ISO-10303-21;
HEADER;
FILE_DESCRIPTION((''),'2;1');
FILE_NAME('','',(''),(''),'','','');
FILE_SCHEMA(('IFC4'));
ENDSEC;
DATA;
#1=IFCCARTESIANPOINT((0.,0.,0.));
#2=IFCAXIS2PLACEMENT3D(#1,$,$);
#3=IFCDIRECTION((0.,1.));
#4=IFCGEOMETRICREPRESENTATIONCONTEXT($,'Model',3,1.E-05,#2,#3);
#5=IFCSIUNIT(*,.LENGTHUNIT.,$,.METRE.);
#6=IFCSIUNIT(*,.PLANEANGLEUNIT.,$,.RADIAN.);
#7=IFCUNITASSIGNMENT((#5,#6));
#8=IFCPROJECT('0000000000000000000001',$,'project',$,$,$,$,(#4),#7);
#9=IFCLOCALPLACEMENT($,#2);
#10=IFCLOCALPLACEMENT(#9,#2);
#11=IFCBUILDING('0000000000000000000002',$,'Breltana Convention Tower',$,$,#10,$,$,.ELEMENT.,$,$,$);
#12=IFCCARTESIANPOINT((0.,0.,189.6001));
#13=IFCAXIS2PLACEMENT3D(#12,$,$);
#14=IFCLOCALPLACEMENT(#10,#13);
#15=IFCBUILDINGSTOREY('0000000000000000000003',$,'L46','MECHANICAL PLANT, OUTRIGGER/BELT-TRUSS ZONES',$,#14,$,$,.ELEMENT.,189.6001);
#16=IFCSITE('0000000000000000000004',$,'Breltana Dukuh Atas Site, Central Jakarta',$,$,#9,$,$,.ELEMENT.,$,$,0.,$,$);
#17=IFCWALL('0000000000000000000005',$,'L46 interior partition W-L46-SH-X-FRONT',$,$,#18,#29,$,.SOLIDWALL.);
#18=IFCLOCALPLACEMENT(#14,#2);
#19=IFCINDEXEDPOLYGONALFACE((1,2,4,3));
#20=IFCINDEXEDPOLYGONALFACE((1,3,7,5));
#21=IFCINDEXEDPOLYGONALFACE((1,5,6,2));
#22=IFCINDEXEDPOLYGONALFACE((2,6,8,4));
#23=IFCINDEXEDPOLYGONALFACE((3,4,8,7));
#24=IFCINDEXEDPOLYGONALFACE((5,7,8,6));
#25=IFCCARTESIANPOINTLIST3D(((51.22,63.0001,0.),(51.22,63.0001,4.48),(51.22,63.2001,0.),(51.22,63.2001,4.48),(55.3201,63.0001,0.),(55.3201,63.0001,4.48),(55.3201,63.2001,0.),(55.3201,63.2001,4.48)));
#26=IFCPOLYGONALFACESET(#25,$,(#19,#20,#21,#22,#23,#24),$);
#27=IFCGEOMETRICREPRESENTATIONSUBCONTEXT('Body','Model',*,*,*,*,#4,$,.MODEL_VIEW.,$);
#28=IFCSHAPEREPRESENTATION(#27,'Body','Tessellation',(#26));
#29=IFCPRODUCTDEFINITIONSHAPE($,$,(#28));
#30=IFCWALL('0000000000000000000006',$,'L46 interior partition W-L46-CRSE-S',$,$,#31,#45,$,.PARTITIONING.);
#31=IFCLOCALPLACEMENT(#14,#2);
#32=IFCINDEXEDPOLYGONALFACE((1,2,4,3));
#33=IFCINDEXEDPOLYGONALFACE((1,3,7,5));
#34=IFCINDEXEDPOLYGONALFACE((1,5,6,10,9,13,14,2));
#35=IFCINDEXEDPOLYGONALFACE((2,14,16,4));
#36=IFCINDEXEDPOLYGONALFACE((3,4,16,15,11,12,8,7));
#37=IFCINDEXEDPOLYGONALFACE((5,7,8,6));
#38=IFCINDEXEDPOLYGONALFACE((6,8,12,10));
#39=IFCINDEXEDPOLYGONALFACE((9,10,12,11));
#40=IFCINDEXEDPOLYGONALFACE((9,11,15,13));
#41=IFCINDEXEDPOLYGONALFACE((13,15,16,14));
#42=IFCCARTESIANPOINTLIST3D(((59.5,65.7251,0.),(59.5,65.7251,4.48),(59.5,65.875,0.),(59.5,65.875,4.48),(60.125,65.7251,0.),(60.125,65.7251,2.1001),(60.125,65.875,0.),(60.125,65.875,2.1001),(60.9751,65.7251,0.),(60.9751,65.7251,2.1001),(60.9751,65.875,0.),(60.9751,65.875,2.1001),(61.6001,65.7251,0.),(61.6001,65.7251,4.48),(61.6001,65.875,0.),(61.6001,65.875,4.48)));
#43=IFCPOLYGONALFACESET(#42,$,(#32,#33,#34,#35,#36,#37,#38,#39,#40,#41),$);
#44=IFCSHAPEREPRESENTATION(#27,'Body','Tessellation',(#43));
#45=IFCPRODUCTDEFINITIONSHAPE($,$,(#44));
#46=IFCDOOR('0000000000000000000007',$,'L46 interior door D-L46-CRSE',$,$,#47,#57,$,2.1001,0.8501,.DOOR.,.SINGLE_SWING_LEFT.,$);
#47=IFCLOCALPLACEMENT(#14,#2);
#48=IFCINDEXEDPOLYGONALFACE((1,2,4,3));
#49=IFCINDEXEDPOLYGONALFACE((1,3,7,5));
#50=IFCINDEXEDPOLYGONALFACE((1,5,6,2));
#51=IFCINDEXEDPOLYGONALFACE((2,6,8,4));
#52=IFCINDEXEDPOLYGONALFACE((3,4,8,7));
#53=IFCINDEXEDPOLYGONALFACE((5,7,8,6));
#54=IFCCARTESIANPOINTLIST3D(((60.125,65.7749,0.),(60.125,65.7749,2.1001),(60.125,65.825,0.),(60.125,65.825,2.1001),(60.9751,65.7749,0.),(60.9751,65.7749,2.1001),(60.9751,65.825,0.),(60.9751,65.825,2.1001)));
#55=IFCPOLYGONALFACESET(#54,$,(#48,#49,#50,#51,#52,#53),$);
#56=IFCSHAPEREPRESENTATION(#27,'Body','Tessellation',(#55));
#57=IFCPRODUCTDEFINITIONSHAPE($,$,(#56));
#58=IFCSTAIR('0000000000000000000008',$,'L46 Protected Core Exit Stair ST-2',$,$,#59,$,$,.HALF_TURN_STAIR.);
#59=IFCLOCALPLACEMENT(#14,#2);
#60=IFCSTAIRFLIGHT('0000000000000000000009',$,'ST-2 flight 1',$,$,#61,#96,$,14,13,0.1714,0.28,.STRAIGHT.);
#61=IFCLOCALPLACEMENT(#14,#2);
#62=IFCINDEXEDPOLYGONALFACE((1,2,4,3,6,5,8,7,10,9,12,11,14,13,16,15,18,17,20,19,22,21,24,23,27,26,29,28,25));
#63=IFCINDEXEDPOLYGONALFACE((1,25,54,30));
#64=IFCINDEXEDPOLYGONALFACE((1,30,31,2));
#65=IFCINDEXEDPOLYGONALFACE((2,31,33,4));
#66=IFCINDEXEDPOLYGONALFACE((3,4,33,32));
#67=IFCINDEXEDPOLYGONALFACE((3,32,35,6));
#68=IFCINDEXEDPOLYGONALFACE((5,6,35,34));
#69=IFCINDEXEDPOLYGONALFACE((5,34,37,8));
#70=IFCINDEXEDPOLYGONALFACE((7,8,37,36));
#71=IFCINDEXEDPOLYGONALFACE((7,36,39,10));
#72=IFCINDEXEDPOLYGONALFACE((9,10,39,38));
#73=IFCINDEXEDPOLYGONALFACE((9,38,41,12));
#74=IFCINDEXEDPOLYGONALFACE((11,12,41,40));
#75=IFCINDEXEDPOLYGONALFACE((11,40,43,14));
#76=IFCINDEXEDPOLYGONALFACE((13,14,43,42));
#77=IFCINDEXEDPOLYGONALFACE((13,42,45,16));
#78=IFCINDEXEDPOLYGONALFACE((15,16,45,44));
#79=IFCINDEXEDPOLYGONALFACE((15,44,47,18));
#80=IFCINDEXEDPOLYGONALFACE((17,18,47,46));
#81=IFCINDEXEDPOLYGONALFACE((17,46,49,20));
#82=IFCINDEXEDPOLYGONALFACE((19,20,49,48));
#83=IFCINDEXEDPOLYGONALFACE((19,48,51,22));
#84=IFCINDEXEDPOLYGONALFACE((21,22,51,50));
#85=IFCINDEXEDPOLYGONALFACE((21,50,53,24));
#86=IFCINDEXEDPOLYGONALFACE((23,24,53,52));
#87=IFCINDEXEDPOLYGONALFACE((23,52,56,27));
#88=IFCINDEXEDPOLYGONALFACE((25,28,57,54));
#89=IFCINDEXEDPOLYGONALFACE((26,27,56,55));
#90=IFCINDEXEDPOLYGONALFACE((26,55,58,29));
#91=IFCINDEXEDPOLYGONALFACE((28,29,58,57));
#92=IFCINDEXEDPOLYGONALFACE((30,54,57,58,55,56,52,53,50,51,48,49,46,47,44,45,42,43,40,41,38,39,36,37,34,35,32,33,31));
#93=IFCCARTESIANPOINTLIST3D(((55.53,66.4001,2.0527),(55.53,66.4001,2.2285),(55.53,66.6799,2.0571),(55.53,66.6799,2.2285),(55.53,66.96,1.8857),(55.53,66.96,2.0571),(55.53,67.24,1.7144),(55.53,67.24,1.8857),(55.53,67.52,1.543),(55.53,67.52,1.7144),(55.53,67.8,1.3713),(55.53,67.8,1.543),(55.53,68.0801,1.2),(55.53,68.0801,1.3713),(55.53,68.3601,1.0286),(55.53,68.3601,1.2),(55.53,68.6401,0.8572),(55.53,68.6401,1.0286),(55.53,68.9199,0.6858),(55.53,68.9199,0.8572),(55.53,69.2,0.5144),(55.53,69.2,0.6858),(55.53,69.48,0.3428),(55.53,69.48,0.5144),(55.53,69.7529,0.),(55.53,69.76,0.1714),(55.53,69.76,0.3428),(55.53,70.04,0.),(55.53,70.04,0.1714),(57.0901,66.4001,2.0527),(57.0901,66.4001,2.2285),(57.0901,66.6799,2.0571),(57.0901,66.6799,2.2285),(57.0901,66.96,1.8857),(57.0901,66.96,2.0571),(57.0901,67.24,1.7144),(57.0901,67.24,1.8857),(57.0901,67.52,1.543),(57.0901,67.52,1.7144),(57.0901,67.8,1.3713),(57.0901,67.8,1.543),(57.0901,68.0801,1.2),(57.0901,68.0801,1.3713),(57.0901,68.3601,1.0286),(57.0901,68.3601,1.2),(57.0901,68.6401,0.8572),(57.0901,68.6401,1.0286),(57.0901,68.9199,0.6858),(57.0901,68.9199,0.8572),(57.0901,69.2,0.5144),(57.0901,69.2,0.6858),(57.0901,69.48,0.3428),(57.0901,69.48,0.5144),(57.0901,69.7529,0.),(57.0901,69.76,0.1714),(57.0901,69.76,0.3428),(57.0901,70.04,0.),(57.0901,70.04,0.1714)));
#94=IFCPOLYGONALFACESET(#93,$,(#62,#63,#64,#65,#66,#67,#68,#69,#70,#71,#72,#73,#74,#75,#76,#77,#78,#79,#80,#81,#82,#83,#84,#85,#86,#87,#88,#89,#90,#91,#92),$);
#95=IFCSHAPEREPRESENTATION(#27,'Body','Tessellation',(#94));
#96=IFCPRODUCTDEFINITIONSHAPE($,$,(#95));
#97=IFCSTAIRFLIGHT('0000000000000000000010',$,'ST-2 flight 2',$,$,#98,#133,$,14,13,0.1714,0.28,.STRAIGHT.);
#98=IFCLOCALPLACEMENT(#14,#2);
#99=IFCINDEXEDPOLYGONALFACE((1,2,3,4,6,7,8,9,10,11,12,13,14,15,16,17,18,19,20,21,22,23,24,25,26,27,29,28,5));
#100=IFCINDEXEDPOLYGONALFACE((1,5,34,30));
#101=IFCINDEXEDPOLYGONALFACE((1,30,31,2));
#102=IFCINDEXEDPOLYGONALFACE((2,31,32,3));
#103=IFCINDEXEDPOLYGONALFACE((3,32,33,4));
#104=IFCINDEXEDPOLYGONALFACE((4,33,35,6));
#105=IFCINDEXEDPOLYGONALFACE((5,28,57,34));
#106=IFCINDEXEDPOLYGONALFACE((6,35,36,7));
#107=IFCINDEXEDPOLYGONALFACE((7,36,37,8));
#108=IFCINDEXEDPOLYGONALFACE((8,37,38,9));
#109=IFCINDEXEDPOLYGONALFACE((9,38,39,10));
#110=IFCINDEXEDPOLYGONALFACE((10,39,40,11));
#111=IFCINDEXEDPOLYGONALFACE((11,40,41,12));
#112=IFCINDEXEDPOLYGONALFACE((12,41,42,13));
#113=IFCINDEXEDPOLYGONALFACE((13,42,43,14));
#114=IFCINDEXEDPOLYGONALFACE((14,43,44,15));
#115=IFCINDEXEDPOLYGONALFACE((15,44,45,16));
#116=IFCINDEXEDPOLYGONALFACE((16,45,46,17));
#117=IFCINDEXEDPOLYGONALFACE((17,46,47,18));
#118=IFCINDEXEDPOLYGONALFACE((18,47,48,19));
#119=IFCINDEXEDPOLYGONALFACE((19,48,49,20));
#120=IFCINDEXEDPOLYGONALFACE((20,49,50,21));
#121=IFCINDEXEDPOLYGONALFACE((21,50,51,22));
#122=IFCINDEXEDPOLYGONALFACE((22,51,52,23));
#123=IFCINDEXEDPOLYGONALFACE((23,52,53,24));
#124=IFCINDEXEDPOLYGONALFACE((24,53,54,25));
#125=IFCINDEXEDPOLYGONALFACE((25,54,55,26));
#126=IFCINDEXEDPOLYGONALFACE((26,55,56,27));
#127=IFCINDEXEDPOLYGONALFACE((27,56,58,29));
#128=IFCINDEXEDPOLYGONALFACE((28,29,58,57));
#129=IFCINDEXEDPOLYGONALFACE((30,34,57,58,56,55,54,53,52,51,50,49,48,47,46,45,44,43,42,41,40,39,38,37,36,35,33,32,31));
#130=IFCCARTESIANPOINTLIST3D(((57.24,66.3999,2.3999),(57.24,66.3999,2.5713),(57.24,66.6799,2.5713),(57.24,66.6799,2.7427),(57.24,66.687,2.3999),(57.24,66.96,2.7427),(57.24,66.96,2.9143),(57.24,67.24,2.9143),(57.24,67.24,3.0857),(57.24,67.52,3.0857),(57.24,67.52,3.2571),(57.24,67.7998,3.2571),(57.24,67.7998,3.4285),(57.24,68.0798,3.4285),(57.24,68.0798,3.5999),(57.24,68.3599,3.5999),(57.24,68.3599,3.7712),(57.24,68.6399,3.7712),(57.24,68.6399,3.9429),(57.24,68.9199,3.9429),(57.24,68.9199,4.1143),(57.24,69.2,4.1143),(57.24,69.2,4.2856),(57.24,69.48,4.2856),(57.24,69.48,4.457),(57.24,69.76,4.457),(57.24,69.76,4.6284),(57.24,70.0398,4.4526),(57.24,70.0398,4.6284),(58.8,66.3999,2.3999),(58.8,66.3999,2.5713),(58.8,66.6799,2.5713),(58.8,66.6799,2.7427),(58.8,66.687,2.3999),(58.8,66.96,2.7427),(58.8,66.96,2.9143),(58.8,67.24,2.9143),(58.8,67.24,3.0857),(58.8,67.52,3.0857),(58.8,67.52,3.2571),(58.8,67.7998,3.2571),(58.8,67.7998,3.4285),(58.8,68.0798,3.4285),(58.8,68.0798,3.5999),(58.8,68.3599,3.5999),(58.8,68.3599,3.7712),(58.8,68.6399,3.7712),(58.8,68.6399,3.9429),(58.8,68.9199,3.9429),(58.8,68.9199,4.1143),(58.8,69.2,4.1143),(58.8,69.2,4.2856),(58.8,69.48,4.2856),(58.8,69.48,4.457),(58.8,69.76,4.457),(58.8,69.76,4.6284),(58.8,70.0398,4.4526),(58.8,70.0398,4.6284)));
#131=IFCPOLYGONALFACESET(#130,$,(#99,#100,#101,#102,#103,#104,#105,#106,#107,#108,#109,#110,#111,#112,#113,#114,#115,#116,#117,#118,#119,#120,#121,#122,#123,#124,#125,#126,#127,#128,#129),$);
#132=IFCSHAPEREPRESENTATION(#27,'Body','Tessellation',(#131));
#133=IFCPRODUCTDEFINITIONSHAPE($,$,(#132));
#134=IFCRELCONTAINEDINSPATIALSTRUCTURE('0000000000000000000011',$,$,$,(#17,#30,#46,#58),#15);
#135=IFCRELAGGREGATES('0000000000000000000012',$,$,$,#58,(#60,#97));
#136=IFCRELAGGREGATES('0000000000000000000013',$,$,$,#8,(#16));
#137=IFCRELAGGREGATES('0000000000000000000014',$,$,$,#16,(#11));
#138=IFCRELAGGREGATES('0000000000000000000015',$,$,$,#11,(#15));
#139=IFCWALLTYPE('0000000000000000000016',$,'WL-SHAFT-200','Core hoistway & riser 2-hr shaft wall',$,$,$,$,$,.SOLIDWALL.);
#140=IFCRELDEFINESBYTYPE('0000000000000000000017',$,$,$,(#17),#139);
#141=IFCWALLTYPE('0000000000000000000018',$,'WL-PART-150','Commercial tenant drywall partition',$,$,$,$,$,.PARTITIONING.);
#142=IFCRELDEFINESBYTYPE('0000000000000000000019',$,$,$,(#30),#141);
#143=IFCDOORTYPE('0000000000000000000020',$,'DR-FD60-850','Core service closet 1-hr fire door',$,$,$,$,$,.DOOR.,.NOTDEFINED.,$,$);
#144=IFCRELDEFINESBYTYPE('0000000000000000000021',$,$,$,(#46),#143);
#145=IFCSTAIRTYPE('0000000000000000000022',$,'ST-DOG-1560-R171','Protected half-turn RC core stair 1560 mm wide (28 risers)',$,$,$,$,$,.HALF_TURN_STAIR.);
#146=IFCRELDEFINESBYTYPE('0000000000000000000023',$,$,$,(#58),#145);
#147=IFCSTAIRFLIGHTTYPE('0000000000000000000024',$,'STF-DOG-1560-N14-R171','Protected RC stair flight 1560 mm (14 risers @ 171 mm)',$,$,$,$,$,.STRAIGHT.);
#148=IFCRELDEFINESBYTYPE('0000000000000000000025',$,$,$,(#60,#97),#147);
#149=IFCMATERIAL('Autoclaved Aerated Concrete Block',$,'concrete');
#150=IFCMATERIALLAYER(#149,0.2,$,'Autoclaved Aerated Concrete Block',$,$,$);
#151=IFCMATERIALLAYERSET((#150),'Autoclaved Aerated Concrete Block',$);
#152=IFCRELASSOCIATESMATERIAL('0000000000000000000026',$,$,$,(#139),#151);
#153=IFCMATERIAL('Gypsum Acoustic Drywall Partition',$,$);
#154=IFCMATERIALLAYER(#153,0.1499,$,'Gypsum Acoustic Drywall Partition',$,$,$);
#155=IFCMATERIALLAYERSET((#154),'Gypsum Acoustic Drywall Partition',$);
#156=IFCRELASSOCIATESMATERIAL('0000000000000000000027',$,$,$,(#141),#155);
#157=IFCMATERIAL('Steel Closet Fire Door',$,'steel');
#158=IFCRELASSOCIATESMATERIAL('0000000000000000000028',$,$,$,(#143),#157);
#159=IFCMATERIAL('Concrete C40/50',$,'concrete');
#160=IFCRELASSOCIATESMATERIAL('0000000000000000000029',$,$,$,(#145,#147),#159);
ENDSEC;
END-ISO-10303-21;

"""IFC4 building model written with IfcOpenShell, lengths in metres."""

from ifc_helpers import new_model, si_unit, direction, frame, frame_2d, origin, place, context, subcontext, project, spatial, polyline, rectangle, outline, extrude, source, transform, mapped, material, layer, layer_set, type_object, type_shapes, element, fill, aggregate, save


model = new_model("IFC4")

# Units and contexts
model_context = context("Model", 3, precision=1e-05, world=origin(), true_north=direction((0.0, 1.0)))
body_context = subcontext(model_context, "Body", "Model", "MODEL_VIEW")
ifc_project = project(units=[si_unit("LENGTHUNIT", "METRE"), si_unit("PLANEANGLEUNIT", "RADIAN")], contexts=[model_context])

# Site, building, storey
site_placement = place(None, origin())
site = spatial("IfcSite", under=ifc_project, at=site_placement, Name="Breltana Dukuh Atas Site, Central Jakarta", CompositionType="ELEMENT", RefElevation=0.0)
building_placement = place(site_placement, origin())
building = spatial("IfcBuilding", under=site, at=building_placement, Name="Breltana Convention Tower", CompositionType="ELEMENT")
storey_placement = place(building_placement, frame((0.0, 0.0, 189.6001)))
storey = spatial("IfcBuildingStorey", under=building, at=storey_placement, Name="L46", Description="MECHANICAL PLANT, OUTRIGGER/BELT-TRUSS ZONES", CompositionType="ELEMENT", Elevation=189.6001)

# Shared definitions
ifc_material_1 = material(Name="Autoclaved Aerated Concrete Block", Category="concrete")
ifc_layer_1 = layer(ifc_material_1, 0.2, Name="Autoclaved Aerated Concrete Block")
ifc_layer_set_1 = layer_set([ifc_layer_1], Name="Autoclaved Aerated Concrete Block")
wall_type_1 = type_object("IfcWallType", Name="WL-SHAFT-200", Description="Core hoistway & riser 2-hr shaft wall", PredefinedType="SOLIDWALL", material=ifc_layer_set_1)

# Wall
shared_shape_1 = source(origin(), body_context, "Body", "SweptSolid", [
    extrude(rectangle(XDim=4.1001, YDim=0.2, at=frame_2d((2.05, 0.0))), origin(), (0.0, 0.0, 1.0), 4.48),
])
wall_1_placement = place(storey_placement, frame((51.22, 63.1001, 0.0), z_axis=(0.0, 0.0, 1.0), x_axis=(1.0, 0.0, 0.0)))
element("IfcWall", 1, at=wall_1_placement, inside=storey, type_object=wall_type_1, Name="L46 interior partition W-L46-SH-X-FRONT", PredefinedType="SOLIDWALL", context=body_context, shape_type="MappedRepresentation", body=[
    mapped(shared_shape_1, transform((0.0, 0.0, 0.0), scale=1.0)),
])

# Wall, opening, door
ifc_material_2 = material(Name="Gypsum Acoustic Drywall Partition")
ifc_layer_2 = layer(ifc_material_2, 0.1499, Name="Gypsum Acoustic Drywall Partition")
ifc_layer_set_2 = layer_set([ifc_layer_2], Name="Gypsum Acoustic Drywall Partition")
wall_type_2 = type_object("IfcWallType", Name="WL-PART-150", Description="Commercial tenant drywall partition", PredefinedType="PARTITIONING", material=ifc_layer_set_2)
shared_shape_2 = source(origin(), body_context, "Body", "SweptSolid", [
    extrude(rectangle(XDim=2.1001, YDim=0.1499, at=frame_2d((1.05, 0.0))), origin(), (0.0, 0.0, 1.0), 4.48),
])
wall_2_placement = place(storey_placement, frame((59.5, 65.8, 0.0), z_axis=(0.0, 0.0, 1.0), x_axis=(1.0, 0.0, 0.0)))
wall_2 = element("IfcWall", 2, at=wall_2_placement, inside=storey, type_object=wall_type_2, Name="L46 interior partition W-L46-CRSE-S", PredefinedType="PARTITIONING", context=body_context, shape_type="MappedRepresentation", body=[
    mapped(shared_shape_2, transform((0.0, 0.0, 0.0), scale=1.0)),
])
opening_1_placement = place(wall_2_placement, frame((0.625, 0.0, 0.0)))
opening_1 = element("IfcOpeningElement", 3, at=opening_1_placement, cuts=wall_2, PredefinedType="OPENING", context=body_context, shape_type="SweptSolid", body=[
    extrude(rectangle(XDim=0.8501, YDim=2.1001, at=frame_2d((0.425, 1.05))), frame((0.0, 0.085, 0.0), z_axis=(0.0, -1.0, 0.0), x_axis=(1.0, 0.0, 0.0)), (0.0, 0.0, 1.0), 0.1699),
])
ifc_material_3 = material(Name="Steel Closet Fire Door", Category="steel")
door_type_1 = type_object("IfcDoorType", Name="DR-FD60-850", Description="Core service closet 1-hr fire door", OperationType="NOTDEFINED", PredefinedType="DOOR", material=ifc_material_3)
shared_shape_3 = source(origin(), body_context, "Body", "SweptSolid", [
    extrude(rectangle(XDim=0.8501, YDim=2.1001, at=frame_2d((0.425, 1.05))), frame((0.0, 0.0249, 0.0), z_axis=(0.0, -1.0, 0.0), x_axis=(1.0, 0.0, 0.0)), (0.0, 0.0, 1.0), 0.05),
])
type_shapes(door_type_1, [shared_shape_3])
door_1_placement = place(opening_1_placement, origin())
door_1 = element("IfcDoor", 4, at=door_1_placement, inside=storey, type_object=door_type_1, Name="L46 interior door D-L46-CRSE", OperationType="SINGLE_SWING_LEFT", OverallHeight=2.1001, OverallWidth=0.8501, PredefinedType="DOOR", context=body_context, shape_type="MappedRepresentation", body=[
    mapped(shared_shape_3, transform((0.0, 0.0, 0.0), scale=1.0)),
])
fill(opening_1, door_1)

# Stair, stair flights
ifc_material_4 = material(Name="Concrete C40/50", Category="concrete")
stair_type = type_object("IfcStairType", Name="ST-DOG-1560-R171", Description="Protected half-turn RC core stair 1560 mm wide (28 risers)", PredefinedType="HALF_TURN_STAIR", material=ifc_material_4)
stair_placement = place(storey_placement, origin())
stair = element("IfcStair", 5, at=stair_placement, inside=storey, type_object=stair_type, Name="L46 Protected Core Exit Stair ST-2", PredefinedType="HALF_TURN_STAIR")
stair_flight_type = type_object("IfcStairFlightType", Name="STF-DOG-1560-N14-R171", Description="Protected RC stair flight 1560 mm (14 risers @ 171 mm)", PredefinedType="STRAIGHT", material=ifc_material_4)
stair_flight_1_placement = place(storey_placement, frame((56.3101, 70.04, 0.0), z_axis=(0.0, 0.0, 1.0), x_axis=(0.0, -1.0, 0.0)))
stair_flight_1 = element("IfcStairFlight", 6, at=stair_flight_1_placement, type_object=stair_flight_type, Name="ST-2 flight 1", NumberOfRisers=14, NumberOfTreads=13, PredefinedType="STRAIGHT", RiserHeight=0.1714, TreadLength=0.28, context=body_context, shape_type="SweptSolid", body=[
    extrude(outline(polyline([(0.0, 0.0), (0.0, 0.1714), (0.28, 0.1714), (0.28, 0.3428), (0.5601, 0.3428), (0.5601, 0.5144), (0.8401, 0.5144), (0.8401, 0.6858), (1.1201, 0.6858), (1.1201, 0.8572), (1.3999, 0.8572), (1.3999, 1.0286), (1.6799, 1.0286), (1.6799, 1.2), (1.96, 1.2), (1.96, 1.3713), (2.24, 1.3713), (2.24, 1.543), (2.52, 1.543), (2.52, 1.7144), (2.8, 1.7144), (2.8, 1.8857), (3.0801, 1.8857), (3.0801, 2.0571), (3.3601, 2.0571), (3.3601, 2.2285), (3.6399, 2.2285), (3.6399, 2.3999), (3.6399, 2.0527), (0.2871, 0.0), (0.0, 0.0)])), frame((0.0, 0.78, 0.0), z_axis=(0.0, -1.0, 0.0), x_axis=(1.0, 0.0, 0.0)), (0.0, 0.0, 1.0), 1.5601),
])
stair_flight_2_placement = place(storey_placement, frame((58.02, 66.3999, 2.3999), z_axis=(0.0, 0.0, 1.0), x_axis=(0.0, 1.0, 0.0)))
stair_flight_2 = element("IfcStairFlight", 7, at=stair_flight_2_placement, type_object=stair_flight_type, Name="ST-2 flight 2", NumberOfRisers=14, NumberOfTreads=13, PredefinedType="STRAIGHT", RiserHeight=0.1714, TreadLength=0.28, context=body_context, shape_type="SweptSolid", body=[
    extrude(outline(polyline([(0.0, 0.0), (0.0, 0.1714), (0.28, 0.1714), (0.28, 0.3428), (0.5601, 0.3428), (0.5601, 0.5144), (0.8401, 0.5144), (0.8401, 0.6858), (1.1201, 0.6858), (1.1201, 0.8572), (1.3999, 0.8572), (1.3999, 1.0286), (1.6799, 1.0286), (1.6799, 1.2), (1.96, 1.2), (1.96, 1.3713), (2.24, 1.3713), (2.24, 1.543), (2.52, 1.543), (2.52, 1.7144), (2.8, 1.7144), (2.8, 1.8857), (3.0801, 1.8857), (3.0801, 2.0571), (3.3601, 2.0571), (3.3601, 2.2285), (3.6399, 2.2285), (3.6399, 2.3999), (3.6399, 2.0527), (0.2871, 0.0), (0.0, 0.0)])), frame((0.0, 0.78, 0.0), z_axis=(0.0, -1.0, 0.0), x_axis=(1.0, 0.0, 0.0)), (0.0, 0.0, 1.0), 1.5601),
])
aggregate(stair, [stair_flight_1, stair_flight_2])

save(model, "model.ifc")
